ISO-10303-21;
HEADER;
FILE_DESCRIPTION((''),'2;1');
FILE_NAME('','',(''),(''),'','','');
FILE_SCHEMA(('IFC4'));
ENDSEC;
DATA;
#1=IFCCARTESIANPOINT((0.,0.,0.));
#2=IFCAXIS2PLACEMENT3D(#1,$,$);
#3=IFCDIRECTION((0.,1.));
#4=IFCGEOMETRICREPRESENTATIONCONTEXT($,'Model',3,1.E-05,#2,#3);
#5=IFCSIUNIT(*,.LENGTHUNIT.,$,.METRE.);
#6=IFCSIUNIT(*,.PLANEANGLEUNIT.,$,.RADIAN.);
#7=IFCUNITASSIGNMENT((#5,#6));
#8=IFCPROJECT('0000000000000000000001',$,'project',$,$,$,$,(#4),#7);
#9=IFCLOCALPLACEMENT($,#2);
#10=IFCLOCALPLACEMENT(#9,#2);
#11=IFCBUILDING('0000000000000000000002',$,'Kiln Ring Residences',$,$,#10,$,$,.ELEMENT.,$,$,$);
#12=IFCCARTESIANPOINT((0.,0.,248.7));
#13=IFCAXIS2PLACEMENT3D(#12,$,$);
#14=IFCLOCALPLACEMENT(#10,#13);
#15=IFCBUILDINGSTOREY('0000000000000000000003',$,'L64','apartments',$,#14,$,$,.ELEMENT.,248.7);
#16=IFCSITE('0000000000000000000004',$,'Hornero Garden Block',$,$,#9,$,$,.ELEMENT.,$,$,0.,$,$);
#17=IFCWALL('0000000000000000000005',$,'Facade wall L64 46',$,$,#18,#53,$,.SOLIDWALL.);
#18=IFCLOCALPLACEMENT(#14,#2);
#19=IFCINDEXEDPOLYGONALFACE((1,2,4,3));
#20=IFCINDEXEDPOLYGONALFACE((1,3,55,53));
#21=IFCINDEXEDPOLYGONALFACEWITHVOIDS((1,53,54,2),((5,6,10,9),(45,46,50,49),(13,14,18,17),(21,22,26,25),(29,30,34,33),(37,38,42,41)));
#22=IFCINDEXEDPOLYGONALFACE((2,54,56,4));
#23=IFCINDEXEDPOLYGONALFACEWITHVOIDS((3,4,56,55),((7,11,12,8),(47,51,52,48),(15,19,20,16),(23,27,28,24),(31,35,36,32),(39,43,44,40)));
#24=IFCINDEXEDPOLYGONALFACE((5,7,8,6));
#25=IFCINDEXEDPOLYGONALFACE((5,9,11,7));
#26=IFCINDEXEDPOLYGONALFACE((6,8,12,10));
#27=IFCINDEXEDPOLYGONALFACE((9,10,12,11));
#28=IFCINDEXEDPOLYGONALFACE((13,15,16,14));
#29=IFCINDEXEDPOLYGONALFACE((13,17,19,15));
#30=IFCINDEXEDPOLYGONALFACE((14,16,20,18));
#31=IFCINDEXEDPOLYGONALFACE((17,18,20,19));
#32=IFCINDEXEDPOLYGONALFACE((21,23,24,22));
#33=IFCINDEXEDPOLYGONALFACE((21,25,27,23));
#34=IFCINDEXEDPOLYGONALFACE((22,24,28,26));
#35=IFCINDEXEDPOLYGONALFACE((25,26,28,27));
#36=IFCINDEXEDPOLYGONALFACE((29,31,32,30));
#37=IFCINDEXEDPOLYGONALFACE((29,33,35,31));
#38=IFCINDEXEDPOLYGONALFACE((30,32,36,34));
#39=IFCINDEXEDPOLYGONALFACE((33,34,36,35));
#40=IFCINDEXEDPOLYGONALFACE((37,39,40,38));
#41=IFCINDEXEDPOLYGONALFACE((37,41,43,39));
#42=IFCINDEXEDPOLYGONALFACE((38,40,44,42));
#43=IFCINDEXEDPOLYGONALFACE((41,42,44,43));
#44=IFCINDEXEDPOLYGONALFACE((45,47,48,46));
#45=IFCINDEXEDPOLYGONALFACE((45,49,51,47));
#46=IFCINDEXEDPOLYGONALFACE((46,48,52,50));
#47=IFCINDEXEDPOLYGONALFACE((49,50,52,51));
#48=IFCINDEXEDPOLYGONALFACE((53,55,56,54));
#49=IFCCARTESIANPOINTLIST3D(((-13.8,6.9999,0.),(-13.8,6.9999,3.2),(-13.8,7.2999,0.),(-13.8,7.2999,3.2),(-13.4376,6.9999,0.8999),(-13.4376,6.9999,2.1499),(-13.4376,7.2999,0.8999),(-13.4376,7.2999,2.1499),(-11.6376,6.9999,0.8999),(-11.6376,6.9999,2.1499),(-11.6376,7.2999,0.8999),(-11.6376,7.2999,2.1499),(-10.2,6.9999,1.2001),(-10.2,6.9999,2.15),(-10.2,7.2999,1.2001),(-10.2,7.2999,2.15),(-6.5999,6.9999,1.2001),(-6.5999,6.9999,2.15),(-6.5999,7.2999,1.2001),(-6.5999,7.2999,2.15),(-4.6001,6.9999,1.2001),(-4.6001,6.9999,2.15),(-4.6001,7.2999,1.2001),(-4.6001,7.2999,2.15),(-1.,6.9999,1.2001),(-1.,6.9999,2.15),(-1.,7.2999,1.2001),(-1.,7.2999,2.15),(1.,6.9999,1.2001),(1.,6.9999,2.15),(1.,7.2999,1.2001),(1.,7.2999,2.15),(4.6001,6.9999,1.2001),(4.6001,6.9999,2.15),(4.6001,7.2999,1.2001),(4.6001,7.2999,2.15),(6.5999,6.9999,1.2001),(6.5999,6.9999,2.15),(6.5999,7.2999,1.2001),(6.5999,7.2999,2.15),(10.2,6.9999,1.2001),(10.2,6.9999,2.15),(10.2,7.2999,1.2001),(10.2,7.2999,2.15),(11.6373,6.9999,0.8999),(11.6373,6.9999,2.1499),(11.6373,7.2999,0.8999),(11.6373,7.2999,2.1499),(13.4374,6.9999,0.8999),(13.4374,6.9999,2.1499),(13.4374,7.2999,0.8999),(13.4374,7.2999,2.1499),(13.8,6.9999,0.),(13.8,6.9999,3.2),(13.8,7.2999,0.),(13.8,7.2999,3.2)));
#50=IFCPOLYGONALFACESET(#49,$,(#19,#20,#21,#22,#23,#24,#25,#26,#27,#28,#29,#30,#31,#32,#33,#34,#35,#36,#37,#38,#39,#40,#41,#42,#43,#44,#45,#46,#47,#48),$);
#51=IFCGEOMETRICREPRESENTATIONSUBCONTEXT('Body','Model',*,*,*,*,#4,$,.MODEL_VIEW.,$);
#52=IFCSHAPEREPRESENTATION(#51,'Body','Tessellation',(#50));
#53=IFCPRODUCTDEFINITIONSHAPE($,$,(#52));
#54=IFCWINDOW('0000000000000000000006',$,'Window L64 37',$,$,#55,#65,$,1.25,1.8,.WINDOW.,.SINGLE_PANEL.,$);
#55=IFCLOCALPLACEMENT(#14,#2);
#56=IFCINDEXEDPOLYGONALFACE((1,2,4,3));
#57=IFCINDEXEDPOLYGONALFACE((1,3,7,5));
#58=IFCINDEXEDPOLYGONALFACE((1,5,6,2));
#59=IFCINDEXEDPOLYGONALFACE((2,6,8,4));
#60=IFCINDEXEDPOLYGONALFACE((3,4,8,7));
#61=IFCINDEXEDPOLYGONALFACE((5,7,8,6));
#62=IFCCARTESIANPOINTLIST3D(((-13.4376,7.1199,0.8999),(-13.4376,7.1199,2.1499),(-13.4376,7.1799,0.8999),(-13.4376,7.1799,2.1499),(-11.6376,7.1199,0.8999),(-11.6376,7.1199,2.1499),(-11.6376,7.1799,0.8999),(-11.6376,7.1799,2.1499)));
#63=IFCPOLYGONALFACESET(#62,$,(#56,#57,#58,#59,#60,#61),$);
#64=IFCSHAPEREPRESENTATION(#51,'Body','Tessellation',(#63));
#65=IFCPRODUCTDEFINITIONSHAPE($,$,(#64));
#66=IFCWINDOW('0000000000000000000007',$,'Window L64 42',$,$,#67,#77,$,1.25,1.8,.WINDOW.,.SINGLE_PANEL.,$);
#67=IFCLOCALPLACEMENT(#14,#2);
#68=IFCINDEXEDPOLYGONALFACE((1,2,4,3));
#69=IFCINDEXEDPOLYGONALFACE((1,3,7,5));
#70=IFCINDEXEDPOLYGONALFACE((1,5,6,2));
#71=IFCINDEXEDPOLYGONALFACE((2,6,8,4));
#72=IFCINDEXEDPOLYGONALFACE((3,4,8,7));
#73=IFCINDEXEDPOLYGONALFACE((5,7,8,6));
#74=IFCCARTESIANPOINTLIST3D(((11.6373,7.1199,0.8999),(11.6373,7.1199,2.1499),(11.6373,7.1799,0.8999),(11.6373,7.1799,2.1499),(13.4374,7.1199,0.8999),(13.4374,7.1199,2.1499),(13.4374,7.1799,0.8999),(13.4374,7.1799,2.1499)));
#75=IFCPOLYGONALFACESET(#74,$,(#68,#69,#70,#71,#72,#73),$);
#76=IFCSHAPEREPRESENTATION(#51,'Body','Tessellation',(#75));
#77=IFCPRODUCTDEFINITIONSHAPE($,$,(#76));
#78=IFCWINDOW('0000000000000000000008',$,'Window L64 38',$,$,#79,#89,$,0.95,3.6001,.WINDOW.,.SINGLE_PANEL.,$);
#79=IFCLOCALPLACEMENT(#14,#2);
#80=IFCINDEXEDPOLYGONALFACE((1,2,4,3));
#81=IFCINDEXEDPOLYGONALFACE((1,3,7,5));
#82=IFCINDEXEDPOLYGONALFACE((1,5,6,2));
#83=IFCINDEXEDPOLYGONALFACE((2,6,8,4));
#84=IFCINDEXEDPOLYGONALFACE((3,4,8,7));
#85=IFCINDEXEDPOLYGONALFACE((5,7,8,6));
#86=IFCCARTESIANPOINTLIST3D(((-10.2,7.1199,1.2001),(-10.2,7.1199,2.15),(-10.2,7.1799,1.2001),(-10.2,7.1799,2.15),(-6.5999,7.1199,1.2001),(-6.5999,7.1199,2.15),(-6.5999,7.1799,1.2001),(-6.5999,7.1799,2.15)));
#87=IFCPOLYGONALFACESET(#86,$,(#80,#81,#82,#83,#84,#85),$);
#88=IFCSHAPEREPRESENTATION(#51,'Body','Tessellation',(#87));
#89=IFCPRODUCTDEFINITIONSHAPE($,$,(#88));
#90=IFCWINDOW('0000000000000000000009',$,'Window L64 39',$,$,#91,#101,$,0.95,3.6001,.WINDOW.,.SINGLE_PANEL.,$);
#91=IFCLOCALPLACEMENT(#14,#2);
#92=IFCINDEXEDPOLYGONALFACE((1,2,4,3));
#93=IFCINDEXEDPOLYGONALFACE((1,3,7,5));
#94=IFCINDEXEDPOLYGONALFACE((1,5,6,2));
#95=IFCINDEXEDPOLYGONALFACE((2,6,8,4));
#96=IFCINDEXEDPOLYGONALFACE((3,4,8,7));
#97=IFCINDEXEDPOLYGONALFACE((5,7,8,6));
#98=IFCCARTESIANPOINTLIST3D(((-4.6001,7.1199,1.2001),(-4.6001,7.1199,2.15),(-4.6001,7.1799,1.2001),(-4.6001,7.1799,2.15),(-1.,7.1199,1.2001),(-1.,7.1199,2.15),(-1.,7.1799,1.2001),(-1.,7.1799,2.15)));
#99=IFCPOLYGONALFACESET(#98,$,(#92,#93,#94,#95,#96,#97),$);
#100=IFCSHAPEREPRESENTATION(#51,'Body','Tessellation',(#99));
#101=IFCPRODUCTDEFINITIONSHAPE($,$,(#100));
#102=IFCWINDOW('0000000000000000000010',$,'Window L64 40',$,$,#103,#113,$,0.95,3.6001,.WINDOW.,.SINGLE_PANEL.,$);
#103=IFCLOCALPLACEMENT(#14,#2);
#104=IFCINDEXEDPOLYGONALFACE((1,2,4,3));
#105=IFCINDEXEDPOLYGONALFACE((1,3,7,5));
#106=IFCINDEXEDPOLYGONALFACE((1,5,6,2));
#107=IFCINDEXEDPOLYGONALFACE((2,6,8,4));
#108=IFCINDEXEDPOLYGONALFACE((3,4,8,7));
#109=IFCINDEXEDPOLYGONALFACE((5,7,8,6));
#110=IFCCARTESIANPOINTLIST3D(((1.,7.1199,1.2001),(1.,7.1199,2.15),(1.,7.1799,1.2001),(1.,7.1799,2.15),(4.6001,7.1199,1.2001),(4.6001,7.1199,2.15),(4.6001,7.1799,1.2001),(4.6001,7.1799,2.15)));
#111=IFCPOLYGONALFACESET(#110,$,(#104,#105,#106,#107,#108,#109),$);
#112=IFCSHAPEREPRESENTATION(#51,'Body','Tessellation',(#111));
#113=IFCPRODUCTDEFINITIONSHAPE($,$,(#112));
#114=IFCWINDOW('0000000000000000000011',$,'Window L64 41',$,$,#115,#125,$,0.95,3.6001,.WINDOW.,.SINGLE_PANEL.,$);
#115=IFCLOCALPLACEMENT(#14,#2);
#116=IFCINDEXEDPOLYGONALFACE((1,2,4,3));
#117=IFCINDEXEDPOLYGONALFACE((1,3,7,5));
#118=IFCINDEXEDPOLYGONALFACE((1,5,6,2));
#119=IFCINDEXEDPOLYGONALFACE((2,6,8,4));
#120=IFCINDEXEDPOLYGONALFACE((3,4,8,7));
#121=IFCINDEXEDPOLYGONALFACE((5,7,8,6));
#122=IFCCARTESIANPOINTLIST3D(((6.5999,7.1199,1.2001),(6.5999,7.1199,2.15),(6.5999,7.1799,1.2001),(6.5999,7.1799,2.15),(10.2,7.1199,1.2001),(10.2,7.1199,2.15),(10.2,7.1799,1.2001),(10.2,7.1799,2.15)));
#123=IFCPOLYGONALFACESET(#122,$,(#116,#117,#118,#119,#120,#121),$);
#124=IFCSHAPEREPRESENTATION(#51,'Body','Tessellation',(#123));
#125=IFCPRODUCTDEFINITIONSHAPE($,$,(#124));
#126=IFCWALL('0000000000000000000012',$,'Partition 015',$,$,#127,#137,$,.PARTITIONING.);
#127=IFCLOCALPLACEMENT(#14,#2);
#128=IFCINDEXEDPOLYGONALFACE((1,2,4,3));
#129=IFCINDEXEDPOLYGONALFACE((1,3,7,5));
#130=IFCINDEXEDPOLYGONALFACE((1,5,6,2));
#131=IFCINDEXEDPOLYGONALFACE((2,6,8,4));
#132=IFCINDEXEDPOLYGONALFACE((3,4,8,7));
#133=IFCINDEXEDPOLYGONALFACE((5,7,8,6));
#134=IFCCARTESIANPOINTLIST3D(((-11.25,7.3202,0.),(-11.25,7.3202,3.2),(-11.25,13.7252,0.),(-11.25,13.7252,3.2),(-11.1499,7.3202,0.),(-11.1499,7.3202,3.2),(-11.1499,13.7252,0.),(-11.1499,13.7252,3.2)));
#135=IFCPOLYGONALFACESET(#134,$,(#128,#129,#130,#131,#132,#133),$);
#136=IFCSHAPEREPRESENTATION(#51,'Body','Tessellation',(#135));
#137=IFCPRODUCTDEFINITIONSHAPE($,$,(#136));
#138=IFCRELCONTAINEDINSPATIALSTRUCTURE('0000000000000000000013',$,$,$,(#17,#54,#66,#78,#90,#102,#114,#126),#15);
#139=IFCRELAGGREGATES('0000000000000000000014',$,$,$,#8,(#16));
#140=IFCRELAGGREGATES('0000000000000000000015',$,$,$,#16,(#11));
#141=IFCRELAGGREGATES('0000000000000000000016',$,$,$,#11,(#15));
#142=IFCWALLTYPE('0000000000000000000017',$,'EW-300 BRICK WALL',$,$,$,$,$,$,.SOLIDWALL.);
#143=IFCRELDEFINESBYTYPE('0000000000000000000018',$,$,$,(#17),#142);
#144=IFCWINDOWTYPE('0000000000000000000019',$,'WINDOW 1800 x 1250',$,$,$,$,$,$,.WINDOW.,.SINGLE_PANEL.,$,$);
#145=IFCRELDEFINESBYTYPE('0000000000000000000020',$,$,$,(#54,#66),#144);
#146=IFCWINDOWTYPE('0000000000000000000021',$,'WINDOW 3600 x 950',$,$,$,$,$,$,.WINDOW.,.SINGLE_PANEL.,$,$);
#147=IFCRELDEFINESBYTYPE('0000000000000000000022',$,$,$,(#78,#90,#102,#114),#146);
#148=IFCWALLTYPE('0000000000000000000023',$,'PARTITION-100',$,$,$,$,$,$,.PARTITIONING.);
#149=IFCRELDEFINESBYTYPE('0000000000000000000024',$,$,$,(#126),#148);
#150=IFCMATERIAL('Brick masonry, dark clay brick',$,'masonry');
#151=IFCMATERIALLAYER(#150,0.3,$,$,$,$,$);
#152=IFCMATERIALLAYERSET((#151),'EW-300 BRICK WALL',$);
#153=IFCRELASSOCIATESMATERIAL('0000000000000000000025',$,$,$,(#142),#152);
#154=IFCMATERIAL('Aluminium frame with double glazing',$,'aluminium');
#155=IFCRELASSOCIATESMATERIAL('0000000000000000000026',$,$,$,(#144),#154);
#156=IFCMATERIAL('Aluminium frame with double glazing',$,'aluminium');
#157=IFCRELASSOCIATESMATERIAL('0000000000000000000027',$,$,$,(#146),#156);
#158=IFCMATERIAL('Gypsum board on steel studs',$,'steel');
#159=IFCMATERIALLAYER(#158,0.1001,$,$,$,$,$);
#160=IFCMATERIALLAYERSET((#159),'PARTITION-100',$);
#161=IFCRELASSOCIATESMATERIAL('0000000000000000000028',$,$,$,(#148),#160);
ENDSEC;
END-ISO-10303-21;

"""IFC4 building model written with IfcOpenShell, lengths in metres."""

from ifc_helpers import new_model, si_unit, direction, frame, frame_2d, origin, place, context, subcontext, project, spatial, rectangle, extrude, material, layer, layer_set, type_object, element, fill, save


model = new_model("IFC4")

# Units and contexts
model_context = context("Model", 3, precision=1e-05, world=origin(), true_north=direction((0.0, 1.0)))
body_context = subcontext(model_context, "Body", "Model", "MODEL_VIEW")
ifc_project = project(units=[si_unit("LENGTHUNIT", "METRE"), si_unit("PLANEANGLEUNIT", "RADIAN")], contexts=[model_context])

# Site, building, storey
site_placement = place(None, origin())
site = spatial("IfcSite", under=ifc_project, at=site_placement, Name="Hornero Garden Block", CompositionType="ELEMENT", RefElevation=0.0)
building_placement = place(site_placement, origin())
building = spatial("IfcBuilding", under=site, at=building_placement, Name="Kiln Ring Residences", CompositionType="ELEMENT")
storey_placement = place(building_placement, frame((0.0, 0.0, 248.7)))
storey = spatial("IfcBuildingStorey", under=building, at=storey_placement, Name="L64", Description="apartments", CompositionType="ELEMENT", Elevation=248.7)

# Wall, openings, windows
ifc_material_1 = material(Name="Brick masonry, dark clay brick", Category="masonry")
ifc_layer_1 = layer(ifc_material_1, 0.3)
ifc_layer_set_1 = layer_set([ifc_layer_1], Name="EW-300 BRICK WALL")
wall_type_1 = type_object("IfcWallType", Name="EW-300 BRICK WALL", PredefinedType="SOLIDWALL", material=ifc_layer_set_1)
wall_1_placement = place(storey_placement, frame((-13.8, 7.1499, 0.0), z_axis=(0.0, 0.0, 1.0), x_axis=(1.0, 0.0, 0.0)))
wall_1 = element("IfcWall", 1, at=wall_1_placement, inside=storey, type_object=wall_type_1, Name="Facade wall L64 46", PredefinedType="SOLIDWALL", context=body_context, shape_type="SweptSolid", body=[
    extrude(rectangle(XDim=27.6001, YDim=0.3, at=frame_2d((13.8, 0.0))), origin(), (0.0, 0.0, 1.0), 3.2),
])
opening_1_placement = place(wall_1_placement, frame((0.3625, 0.0, 0.8999)))
opening_1 = element("IfcOpeningElement", 2, at=opening_1_placement, cuts=wall_1, PredefinedType="OPENING", context=body_context, shape_type="SweptSolid", body=[
    extrude(rectangle(XDim=1.8, YDim=1.25, at=frame_2d((0.8999, 0.625))), frame((0.0, 0.1599, 0.0), z_axis=(0.0, -1.0, 0.0), x_axis=(1.0, 0.0, 0.0)), (0.0, 0.0, 1.0), 0.3201),
])
opening_2_placement = place(wall_1_placement, frame((3.6001, 0.0, 1.2)))
opening_2 = element("IfcOpeningElement", 3, at=opening_2_placement, cuts=wall_1, PredefinedType="OPENING", context=body_context, shape_type="SweptSolid", body=[
    extrude(rectangle(XDim=3.6001, YDim=0.95, at=frame_2d((1.8, 0.4751))), frame((0.0, 0.1599, 0.0), z_axis=(0.0, -1.0, 0.0), x_axis=(1.0, 0.0, 0.0)), (0.0, 0.0, 1.0), 0.3201),
])
opening_3_placement = place(wall_1_placement, frame((9.2, 0.0, 1.2)))
opening_3 = element("IfcOpeningElement", 4, at=opening_3_placement, cuts=wall_1, PredefinedType="OPENING", context=body_context, shape_type="SweptSolid", body=[
    extrude(rectangle(XDim=3.6001, YDim=0.95, at=frame_2d((1.8, 0.4751))), frame((0.0, 0.1599, 0.0), z_axis=(0.0, -1.0, 0.0), x_axis=(1.0, 0.0, 0.0)), (0.0, 0.0, 1.0), 0.3201),
])
opening_4_placement = place(wall_1_placement, frame((14.8, 0.0, 1.2)))
opening_4 = element("IfcOpeningElement", 5, at=opening_4_placement, cuts=wall_1, PredefinedType="OPENING", context=body_context, shape_type="SweptSolid", body=[
    extrude(rectangle(XDim=3.6001, YDim=0.95, at=frame_2d((1.8, 0.4751))), frame((0.0, 0.1599, 0.0), z_axis=(0.0, -1.0, 0.0), x_axis=(1.0, 0.0, 0.0)), (0.0, 0.0, 1.0), 0.3201),
])
opening_5_placement = place(wall_1_placement, frame((20.3999, 0.0, 1.2)))
opening_5 = element("IfcOpeningElement", 6, at=opening_5_placement, cuts=wall_1, PredefinedType="OPENING", context=body_context, shape_type="SweptSolid", body=[
    extrude(rectangle(XDim=3.6001, YDim=0.95, at=frame_2d((1.8, 0.4751))), frame((0.0, 0.1599, 0.0), z_axis=(0.0, -1.0, 0.0), x_axis=(1.0, 0.0, 0.0)), (0.0, 0.0, 1.0), 0.3201),
])
opening_6_placement = place(wall_1_placement, frame((25.4375, 0.0, 0.8999)))
opening_6 = element("IfcOpeningElement", 7, at=opening_6_placement, cuts=wall_1, PredefinedType="OPENING", context=body_context, shape_type="SweptSolid", body=[
    extrude(rectangle(XDim=1.8, YDim=1.25, at=frame_2d((0.8999, 0.625))), frame((0.0, 0.1599, 0.0), z_axis=(0.0, -1.0, 0.0), x_axis=(1.0, 0.0, 0.0)), (0.0, 0.0, 1.0), 0.3201),
])
ifc_material_2 = material(Name="Aluminium frame with double glazing", Category="aluminium")
window_type_1 = type_object("IfcWindowType", Name="WINDOW 1800 x 1250", PartitioningType="SINGLE_PANEL", PredefinedType="WINDOW", material=ifc_material_2)
window_1_placement = place(opening_1_placement, origin())
window_1 = element("IfcWindow", 8, at=window_1_placement, inside=storey, type_object=window_type_1, Name="Window L64 37", OverallHeight=1.25, OverallWidth=1.8, PartitioningType="SINGLE_PANEL", PredefinedType="WINDOW", context=body_context, shape_type="SweptSolid", body=[
    extrude(rectangle(XDim=1.8, YDim=1.25, at=frame_2d((0.8999, 0.625))), frame((0.0, 0.03, 0.0), z_axis=(0.0, -1.0, 0.0), x_axis=(1.0, 0.0, 0.0)), (0.0, 0.0, 1.0), 0.0601),
])
fill(opening_1, window_1)
window_2_placement = place(opening_6_placement, origin())
window_2 = element("IfcWindow", 9, at=window_2_placement, inside=storey, type_object=window_type_1, Name="Window L64 42", OverallHeight=1.25, OverallWidth=1.8, PartitioningType="SINGLE_PANEL", PredefinedType="WINDOW", context=body_context, shape_type="SweptSolid", body=[
    extrude(rectangle(XDim=1.8, YDim=1.25, at=frame_2d((0.8999, 0.625))), frame((0.0, 0.03, 0.0), z_axis=(0.0, -1.0, 0.0), x_axis=(1.0, 0.0, 0.0)), (0.0, 0.0, 1.0), 0.0601),
])
fill(opening_6, window_2)
ifc_material_3 = material(Name="Aluminium frame with double glazing", Category="aluminium")
window_type_2 = type_object("IfcWindowType", Name="WINDOW 3600 x 950", PartitioningType="SINGLE_PANEL", PredefinedType="WINDOW", material=ifc_material_3)
window_3_placement = place(opening_2_placement, origin())
window_3 = element("IfcWindow", 10, at=window_3_placement, inside=storey, type_object=window_type_2, Name="Window L64 38", OverallHeight=0.95, OverallWidth=3.6001, PartitioningType="SINGLE_PANEL", PredefinedType="WINDOW", context=body_context, shape_type="SweptSolid", body=[
    extrude(rectangle(XDim=3.6001, YDim=0.95, at=frame_2d((1.8, 0.4751))), frame((0.0, 0.03, 0.0), z_axis=(0.0, -1.0, 0.0), x_axis=(1.0, 0.0, 0.0)), (0.0, 0.0, 1.0), 0.0601),
])
fill(opening_2, window_3)
window_4_placement = place(opening_3_placement, origin())
window_4 = element("IfcWindow", 11, at=window_4_placement, inside=storey, type_object=window_type_2, Name="Window L64 39", OverallHeight=0.95, OverallWidth=3.6001, PartitioningType="SINGLE_PANEL", PredefinedType="WINDOW", context=body_context, shape_type="SweptSolid", body=[
    extrude(rectangle(XDim=3.6001, YDim=0.95, at=frame_2d((1.8, 0.4751))), frame((0.0, 0.03, 0.0), z_axis=(0.0, -1.0, 0.0), x_axis=(1.0, 0.0, 0.0)), (0.0, 0.0, 1.0), 0.0601),
])
fill(opening_3, window_4)
window_5_placement = place(opening_4_placement, origin())
window_5 = element("IfcWindow", 12, at=window_5_placement, inside=storey, type_object=window_type_2, Name="Window L64 40", OverallHeight=0.95, OverallWidth=3.6001, PartitioningType="SINGLE_PANEL", PredefinedType="WINDOW", context=body_context, shape_type="SweptSolid", body=[
    extrude(rectangle(XDim=3.6001, YDim=0.95, at=frame_2d((1.8, 0.4751))), frame((0.0, 0.03, 0.0), z_axis=(0.0, -1.0, 0.0), x_axis=(1.0, 0.0, 0.0)), (0.0, 0.0, 1.0), 0.0601),
])
fill(opening_4, window_5)
window_6_placement = place(opening_5_placement, origin())
window_6 = element("IfcWindow", 13, at=window_6_placement, inside=storey, type_object=window_type_2, Name="Window L64 41", OverallHeight=0.95, OverallWidth=3.6001, PartitioningType="SINGLE_PANEL", PredefinedType="WINDOW", context=body_context, shape_type="SweptSolid", body=[
    extrude(rectangle(XDim=3.6001, YDim=0.95, at=frame_2d((1.8, 0.4751))), frame((0.0, 0.03, 0.0), z_axis=(0.0, -1.0, 0.0), x_axis=(1.0, 0.0, 0.0)), (0.0, 0.0, 1.0), 0.0601),
])
fill(opening_5, window_6)

# Wall
ifc_material_4 = material(Name="Gypsum board on steel studs", Category="steel")
ifc_layer_2 = layer(ifc_material_4, 0.1001)
ifc_layer_set_2 = layer_set([ifc_layer_2], Name="PARTITION-100")
wall_type_2 = type_object("IfcWallType", Name="PARTITION-100", PredefinedType="PARTITIONING", material=ifc_layer_set_2)
wall_2_placement = place(storey_placement, frame((-11.2, 7.3201, 0.0), z_axis=(0.0, 0.0, 1.0), x_axis=(0.0, 1.0, 0.0)))
element("IfcWall", 14, at=wall_2_placement, inside=storey, type_object=wall_type_2, Name="Partition 015", PredefinedType="PARTITIONING", context=body_context, shape_type="SweptSolid", body=[
    extrude(rectangle(XDim=6.405, YDim=0.1001, at=frame_2d((3.2026, 0.0))), origin(), (0.0, 0.0, 1.0), 3.2),
])

save(model, "model.ifc")
